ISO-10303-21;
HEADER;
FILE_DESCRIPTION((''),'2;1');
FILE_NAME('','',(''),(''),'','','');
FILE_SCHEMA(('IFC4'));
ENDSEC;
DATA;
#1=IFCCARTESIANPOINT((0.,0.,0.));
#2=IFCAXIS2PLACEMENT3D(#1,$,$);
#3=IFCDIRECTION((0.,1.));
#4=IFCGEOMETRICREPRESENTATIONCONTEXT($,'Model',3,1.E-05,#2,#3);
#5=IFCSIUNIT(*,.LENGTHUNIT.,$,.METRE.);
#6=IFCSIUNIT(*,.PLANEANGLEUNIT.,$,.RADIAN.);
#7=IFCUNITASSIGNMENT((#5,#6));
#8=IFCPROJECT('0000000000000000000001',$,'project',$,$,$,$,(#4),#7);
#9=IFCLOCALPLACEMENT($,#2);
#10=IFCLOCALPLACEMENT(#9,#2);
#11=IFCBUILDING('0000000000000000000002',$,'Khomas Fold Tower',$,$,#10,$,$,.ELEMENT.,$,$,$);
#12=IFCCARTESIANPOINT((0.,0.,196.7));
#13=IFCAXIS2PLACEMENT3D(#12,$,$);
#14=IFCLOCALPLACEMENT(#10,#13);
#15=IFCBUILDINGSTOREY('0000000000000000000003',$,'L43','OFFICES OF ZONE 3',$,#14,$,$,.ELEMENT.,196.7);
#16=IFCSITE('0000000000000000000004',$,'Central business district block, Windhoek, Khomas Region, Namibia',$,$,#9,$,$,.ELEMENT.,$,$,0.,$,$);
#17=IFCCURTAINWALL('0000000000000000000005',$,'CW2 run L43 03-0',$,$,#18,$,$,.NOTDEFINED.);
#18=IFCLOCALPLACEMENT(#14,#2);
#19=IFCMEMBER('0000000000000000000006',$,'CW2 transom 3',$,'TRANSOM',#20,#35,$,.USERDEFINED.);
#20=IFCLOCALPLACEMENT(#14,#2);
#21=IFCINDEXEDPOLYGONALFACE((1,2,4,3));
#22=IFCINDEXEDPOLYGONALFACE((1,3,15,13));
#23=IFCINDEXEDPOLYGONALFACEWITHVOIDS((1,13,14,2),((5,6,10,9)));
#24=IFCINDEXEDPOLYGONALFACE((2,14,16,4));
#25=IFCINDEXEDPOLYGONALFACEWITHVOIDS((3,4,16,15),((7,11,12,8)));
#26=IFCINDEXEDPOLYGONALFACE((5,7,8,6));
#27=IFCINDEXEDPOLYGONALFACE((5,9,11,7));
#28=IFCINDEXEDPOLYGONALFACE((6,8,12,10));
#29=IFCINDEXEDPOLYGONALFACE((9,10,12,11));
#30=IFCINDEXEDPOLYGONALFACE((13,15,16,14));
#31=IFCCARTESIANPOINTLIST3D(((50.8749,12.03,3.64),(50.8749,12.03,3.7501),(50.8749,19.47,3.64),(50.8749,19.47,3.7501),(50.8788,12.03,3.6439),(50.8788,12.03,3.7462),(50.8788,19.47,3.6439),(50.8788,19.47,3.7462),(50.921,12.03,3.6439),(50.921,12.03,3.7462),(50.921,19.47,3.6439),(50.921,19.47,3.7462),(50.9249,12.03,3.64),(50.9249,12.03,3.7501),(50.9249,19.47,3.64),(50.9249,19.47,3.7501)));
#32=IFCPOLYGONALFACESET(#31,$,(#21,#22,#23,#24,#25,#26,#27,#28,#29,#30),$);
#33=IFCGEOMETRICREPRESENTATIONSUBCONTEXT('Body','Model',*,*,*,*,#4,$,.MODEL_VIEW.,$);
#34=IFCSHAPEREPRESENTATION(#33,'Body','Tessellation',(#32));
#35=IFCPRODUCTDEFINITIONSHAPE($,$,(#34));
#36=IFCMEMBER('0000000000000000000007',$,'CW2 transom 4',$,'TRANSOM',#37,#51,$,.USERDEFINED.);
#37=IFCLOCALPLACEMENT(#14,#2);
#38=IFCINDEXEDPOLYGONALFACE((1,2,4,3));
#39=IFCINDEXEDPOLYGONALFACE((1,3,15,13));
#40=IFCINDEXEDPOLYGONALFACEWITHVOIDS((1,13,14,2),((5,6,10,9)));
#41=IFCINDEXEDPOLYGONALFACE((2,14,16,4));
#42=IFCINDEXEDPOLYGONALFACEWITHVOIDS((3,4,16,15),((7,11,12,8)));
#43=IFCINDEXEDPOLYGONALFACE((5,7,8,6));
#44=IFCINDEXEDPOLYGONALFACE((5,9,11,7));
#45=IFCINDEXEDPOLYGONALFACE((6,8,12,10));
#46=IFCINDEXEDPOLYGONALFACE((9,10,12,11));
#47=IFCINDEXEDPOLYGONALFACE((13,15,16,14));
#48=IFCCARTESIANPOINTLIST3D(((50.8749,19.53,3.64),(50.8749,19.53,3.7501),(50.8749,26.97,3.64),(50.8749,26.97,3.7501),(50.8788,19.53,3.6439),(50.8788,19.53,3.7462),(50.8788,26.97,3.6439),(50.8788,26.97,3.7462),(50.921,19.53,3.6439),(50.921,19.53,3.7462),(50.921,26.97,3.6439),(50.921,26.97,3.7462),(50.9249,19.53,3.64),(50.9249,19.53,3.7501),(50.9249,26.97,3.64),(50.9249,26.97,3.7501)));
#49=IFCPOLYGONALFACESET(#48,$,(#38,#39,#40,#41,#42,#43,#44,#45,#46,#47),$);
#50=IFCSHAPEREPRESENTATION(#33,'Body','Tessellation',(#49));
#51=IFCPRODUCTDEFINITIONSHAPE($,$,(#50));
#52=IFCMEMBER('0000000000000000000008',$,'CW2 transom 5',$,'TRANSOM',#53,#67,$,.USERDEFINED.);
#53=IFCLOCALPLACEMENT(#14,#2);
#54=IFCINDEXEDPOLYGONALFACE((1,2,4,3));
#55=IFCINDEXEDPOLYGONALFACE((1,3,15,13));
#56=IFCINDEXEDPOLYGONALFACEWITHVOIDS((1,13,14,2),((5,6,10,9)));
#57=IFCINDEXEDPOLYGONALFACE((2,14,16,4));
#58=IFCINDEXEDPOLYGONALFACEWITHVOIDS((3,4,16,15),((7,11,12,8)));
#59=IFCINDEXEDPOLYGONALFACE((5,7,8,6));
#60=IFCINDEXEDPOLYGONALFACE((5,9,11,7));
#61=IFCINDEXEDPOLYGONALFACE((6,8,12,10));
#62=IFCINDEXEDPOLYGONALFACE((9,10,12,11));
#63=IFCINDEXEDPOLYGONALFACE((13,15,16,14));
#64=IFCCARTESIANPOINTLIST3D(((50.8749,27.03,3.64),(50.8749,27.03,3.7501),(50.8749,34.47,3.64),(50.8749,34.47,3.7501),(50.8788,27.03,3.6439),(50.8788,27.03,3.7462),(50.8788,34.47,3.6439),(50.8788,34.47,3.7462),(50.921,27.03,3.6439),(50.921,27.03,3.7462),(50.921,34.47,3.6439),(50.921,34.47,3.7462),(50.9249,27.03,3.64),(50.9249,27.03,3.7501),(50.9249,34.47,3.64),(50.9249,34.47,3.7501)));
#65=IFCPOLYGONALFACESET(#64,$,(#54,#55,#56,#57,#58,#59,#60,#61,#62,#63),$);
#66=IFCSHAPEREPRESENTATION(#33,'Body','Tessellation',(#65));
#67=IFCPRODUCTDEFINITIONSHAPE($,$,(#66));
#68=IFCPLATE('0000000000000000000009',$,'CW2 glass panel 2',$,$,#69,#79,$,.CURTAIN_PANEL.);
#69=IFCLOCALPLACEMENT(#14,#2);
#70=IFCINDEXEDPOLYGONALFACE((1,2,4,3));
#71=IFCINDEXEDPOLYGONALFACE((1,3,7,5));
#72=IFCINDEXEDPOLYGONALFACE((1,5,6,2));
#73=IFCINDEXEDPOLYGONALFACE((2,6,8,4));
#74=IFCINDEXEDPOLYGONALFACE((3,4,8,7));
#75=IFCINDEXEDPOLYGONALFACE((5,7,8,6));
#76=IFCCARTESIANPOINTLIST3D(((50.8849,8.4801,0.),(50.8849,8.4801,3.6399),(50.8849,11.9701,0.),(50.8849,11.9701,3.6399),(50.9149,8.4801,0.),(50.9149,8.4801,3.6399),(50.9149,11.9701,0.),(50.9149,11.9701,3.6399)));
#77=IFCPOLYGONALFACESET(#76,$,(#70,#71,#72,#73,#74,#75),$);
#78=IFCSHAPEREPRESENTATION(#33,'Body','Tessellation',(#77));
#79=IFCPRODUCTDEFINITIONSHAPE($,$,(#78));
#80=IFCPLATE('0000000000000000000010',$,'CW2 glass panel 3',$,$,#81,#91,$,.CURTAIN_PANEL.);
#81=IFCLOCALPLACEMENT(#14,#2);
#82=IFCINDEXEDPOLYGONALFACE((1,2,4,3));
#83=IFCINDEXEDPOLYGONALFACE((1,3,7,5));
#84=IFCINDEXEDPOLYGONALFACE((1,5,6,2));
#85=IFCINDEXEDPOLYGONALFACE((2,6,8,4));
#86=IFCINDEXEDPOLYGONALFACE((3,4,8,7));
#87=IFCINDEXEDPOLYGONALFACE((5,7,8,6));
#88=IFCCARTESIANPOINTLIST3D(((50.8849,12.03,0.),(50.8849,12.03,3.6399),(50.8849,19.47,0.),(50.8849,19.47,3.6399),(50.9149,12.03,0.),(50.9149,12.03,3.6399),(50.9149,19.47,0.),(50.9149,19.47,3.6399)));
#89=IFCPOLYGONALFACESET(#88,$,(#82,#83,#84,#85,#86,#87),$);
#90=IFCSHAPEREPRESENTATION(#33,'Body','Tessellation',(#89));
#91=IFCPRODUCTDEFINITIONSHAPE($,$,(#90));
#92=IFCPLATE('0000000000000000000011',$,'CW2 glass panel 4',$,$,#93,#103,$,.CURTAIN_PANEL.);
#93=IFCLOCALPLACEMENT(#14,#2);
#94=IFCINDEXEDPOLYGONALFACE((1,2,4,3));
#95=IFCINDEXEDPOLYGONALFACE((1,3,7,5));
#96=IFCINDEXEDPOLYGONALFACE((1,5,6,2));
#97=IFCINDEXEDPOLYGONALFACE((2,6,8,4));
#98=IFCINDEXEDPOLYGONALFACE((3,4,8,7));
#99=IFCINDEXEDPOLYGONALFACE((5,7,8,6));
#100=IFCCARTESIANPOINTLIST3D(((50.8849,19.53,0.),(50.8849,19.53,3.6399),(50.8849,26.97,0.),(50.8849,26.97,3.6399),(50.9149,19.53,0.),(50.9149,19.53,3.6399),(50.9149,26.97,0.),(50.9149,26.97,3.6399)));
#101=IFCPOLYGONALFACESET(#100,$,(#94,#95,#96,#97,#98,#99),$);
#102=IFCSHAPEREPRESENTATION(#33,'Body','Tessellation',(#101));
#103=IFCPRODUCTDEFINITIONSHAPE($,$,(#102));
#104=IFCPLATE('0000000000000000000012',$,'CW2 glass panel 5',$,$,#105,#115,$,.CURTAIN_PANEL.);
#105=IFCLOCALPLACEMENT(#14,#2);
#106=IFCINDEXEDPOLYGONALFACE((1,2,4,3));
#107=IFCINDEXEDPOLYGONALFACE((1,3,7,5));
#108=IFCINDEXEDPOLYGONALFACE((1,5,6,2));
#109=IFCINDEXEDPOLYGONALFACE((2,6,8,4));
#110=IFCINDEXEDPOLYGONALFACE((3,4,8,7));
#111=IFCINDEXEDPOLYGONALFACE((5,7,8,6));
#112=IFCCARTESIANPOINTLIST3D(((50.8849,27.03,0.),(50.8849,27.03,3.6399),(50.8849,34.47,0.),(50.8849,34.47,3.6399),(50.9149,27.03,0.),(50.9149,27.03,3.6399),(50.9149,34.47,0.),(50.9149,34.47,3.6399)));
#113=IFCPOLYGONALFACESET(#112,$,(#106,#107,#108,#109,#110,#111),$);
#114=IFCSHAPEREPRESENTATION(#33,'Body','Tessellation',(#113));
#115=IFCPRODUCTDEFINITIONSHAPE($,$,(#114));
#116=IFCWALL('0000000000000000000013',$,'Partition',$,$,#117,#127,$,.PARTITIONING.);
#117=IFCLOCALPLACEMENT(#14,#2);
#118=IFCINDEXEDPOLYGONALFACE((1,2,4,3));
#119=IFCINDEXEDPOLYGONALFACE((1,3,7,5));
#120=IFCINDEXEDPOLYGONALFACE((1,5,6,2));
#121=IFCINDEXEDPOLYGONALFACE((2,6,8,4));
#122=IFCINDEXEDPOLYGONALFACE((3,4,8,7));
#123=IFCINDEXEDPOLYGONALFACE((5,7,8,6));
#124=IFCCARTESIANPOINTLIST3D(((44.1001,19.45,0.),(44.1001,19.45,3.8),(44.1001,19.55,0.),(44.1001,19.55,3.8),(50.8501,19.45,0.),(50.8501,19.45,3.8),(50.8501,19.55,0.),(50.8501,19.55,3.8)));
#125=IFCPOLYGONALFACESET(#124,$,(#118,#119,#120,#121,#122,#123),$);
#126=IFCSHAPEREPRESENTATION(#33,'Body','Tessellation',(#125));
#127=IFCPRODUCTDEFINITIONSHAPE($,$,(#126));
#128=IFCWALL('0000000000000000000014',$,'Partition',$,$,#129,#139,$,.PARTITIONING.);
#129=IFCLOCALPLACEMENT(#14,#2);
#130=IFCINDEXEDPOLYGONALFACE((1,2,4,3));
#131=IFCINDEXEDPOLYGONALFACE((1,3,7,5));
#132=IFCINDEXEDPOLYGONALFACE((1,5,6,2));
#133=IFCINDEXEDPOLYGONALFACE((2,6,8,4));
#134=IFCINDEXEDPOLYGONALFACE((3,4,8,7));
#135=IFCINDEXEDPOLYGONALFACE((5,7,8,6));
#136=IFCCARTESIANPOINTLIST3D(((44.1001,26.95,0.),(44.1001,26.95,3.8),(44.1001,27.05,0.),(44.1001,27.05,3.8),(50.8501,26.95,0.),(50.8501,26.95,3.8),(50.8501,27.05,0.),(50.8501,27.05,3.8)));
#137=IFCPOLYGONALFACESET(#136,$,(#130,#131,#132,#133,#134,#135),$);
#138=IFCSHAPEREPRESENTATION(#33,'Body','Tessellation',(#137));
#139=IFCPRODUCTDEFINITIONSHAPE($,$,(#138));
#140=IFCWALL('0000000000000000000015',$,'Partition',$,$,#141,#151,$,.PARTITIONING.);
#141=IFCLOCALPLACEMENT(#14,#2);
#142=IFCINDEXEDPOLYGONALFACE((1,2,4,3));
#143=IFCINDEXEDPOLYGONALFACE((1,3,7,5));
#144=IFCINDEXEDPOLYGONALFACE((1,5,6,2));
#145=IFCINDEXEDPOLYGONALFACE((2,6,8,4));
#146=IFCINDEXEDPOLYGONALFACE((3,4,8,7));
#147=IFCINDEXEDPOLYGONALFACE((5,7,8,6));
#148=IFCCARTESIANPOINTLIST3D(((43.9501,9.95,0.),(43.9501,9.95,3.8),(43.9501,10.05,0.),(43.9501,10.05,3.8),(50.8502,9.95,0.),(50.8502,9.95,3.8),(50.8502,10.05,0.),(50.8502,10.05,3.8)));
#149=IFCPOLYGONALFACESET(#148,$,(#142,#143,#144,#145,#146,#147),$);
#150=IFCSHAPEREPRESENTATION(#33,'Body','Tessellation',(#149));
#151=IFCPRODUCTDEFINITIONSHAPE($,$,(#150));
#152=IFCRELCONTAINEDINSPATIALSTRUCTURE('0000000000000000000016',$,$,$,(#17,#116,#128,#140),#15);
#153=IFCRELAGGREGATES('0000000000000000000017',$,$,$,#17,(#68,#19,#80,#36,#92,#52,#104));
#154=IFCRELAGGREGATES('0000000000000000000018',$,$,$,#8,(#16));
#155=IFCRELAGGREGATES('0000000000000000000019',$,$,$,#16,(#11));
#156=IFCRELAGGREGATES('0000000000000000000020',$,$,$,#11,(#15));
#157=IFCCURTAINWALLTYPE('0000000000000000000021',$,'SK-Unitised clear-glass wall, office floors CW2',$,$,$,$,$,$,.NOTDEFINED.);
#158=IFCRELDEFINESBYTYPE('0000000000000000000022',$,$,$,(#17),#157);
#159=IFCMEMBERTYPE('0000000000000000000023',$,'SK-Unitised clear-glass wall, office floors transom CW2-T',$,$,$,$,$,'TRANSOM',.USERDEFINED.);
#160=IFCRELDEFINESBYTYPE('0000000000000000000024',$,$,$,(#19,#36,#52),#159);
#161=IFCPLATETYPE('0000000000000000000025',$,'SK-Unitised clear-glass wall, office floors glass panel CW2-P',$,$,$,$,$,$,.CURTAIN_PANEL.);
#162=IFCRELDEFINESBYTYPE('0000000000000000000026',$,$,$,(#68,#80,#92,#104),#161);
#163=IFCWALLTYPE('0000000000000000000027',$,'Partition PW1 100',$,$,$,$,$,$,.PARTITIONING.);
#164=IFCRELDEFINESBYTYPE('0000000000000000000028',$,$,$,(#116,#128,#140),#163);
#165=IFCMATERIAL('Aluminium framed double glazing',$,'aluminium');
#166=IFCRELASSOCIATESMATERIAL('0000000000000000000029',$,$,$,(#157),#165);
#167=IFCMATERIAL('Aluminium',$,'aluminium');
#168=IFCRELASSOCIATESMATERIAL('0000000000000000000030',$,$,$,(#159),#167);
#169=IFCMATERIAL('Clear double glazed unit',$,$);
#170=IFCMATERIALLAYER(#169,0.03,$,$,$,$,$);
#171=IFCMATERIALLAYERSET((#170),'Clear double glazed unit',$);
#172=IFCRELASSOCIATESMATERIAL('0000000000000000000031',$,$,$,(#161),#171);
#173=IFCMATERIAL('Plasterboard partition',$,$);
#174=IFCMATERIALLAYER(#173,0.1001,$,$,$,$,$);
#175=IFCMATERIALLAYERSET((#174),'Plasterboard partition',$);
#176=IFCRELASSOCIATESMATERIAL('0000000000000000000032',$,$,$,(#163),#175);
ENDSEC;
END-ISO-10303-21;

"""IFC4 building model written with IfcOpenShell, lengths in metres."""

from ifc_helpers import new_model, si_unit, direction, frame, frame_2d, origin, origin_2d, place, context, subcontext, project, spatial, rectangle, hollow_rectangle, extrude, source, transform, mapped, material, layer, layer_set, material_profile, profile_set, type_object, element, aggregate, save


model = new_model("IFC4")

# Units and contexts
model_context = context("Model", 3, precision=1e-05, world=origin(), true_north=direction((0.0, 1.0)))
body_context = subcontext(model_context, "Body", "Model", "MODEL_VIEW")
ifc_project = project(units=[si_unit("LENGTHUNIT", "METRE"), si_unit("PLANEANGLEUNIT", "RADIAN")], contexts=[model_context])

# Site, building, storey
site_placement = place(None, origin())
site = spatial("IfcSite", under=ifc_project, at=site_placement, Name="Central business district block, Windhoek, Khomas Region, Namibia", CompositionType="ELEMENT", RefElevation=0.0)
building_placement = place(site_placement, origin())
building = spatial("IfcBuilding", under=site, at=building_placement, Name="Khomas Fold Tower", CompositionType="ELEMENT")
storey_placement = place(building_placement, frame((0.0, 0.0, 196.7)))
storey = spatial("IfcBuildingStorey", under=building, at=storey_placement, Name="L43", Description="OFFICES OF ZONE 3", CompositionType="ELEMENT", Elevation=196.7)

# Curtain wall, members, plates
ifc_material_1 = material(Name="Aluminium framed double glazing", Category="aluminium")
curtain_wall_type = type_object("IfcCurtainWallType", Name="SK-Unitised clear-glass wall, office floors CW2", PredefinedType="NOTDEFINED", material=ifc_material_1)
curtain_wall_placement = place(storey_placement, origin())
curtain_wall = element("IfcCurtainWall", 1, at=curtain_wall_placement, inside=storey, type_object=curtain_wall_type, Name="CW2 run L43 03-0", PredefinedType="NOTDEFINED")
ifc_material_2 = material(Name="Aluminium", Category="aluminium")
ifc_material_profile_1 = material_profile(ifc_material_2, hollow_rectangle(XDim=0.05, YDim=0.1101, WallThickness=0.0039, at=origin_2d()), Name="SK-Unitised clear-glass wall, office floors transom CW2-T")
ifc_profile_set_1 = profile_set([ifc_material_profile_1], Name="Aluminium")
member_type_1 = type_object("IfcMemberType", Name="SK-Unitised clear-glass wall, office floors transom CW2-T", ElementType="TRANSOM", PredefinedType="USERDEFINED", material=ifc_profile_set_1)
shared_shape_1 = source(origin(), body_context, "Body", "SweptSolid", [
    extrude(hollow_rectangle(XDim=0.05, YDim=0.1101, WallThickness=0.0039, at=origin_2d()), origin(), (0.0, 0.0, 1.0), 7.4399),
])
member_1_placement = place(storey_placement, frame((50.8999, 12.03, 3.6951), z_axis=(0.0, 1.0, 0.0), x_axis=(-1.0, 0.0, 0.0)))
member_1 = element("IfcMember", 2, at=member_1_placement, type_object=member_type_1, Name="CW2 transom 3", ObjectType="TRANSOM", PredefinedType="USERDEFINED", context=body_context, shape_type="MappedRepresentation", body=[
    mapped(shared_shape_1, transform((0.0, 0.0, 0.0))),
])
member_2_placement = place(storey_placement, frame((50.8999, 19.53, 3.6951), z_axis=(0.0, 1.0, 0.0), x_axis=(-1.0, 0.0, 0.0)))
member_2 = element("IfcMember", 3, at=member_2_placement, type_object=member_type_1, Name="CW2 transom 4", ObjectType="TRANSOM", PredefinedType="USERDEFINED", context=body_context, shape_type="MappedRepresentation", body=[
    mapped(shared_shape_1, transform((0.0, 0.0, 0.0))),
])
member_3_placement = place(storey_placement, frame((50.8999, 27.03, 3.6951), z_axis=(0.0, 1.0, 0.0), x_axis=(-1.0, 0.0, 0.0)))
member_3 = element("IfcMember", 4, at=member_3_placement, type_object=member_type_1, Name="CW2 transom 5", ObjectType="TRANSOM", PredefinedType="USERDEFINED", context=body_context, shape_type="MappedRepresentation", body=[
    mapped(shared_shape_1, transform((0.0, 0.0, 0.0))),
])
ifc_material_3 = material(Name="Clear double glazed unit")
ifc_layer_1 = layer(ifc_material_3, 0.03)
ifc_layer_set_1 = layer_set([ifc_layer_1], Name="Clear double glazed unit")
plate_type = type_object("IfcPlateType", Name="SK-Unitised clear-glass wall, office floors glass panel CW2-P", PredefinedType="CURTAIN_PANEL", material=ifc_layer_set_1)
shared_shape_2 = source(origin(), body_context, "Body", "SweptSolid", [
    extrude(rectangle(XDim=3.49, YDim=0.03, at=origin_2d()), origin(), (0.0, 0.0, 1.0), 3.6399),
])
plate_1_placement = place(storey_placement, frame((50.8999, 10.2251, 0.0), z_axis=(0.0, 0.0, 1.0), x_axis=(0.0, 1.0, 0.0)))
plate_1 = element("IfcPlate", 5, at=plate_1_placement, type_object=plate_type, Name="CW2 glass panel 2", PredefinedType="CURTAIN_PANEL", context=body_context, shape_type="MappedRepresentation", body=[
    mapped(shared_shape_2, transform((0.0, 0.0, 0.0))),
])
shared_shape_3 = source(origin(), body_context, "Body", "SweptSolid", [
    extrude(rectangle(XDim=7.4399, YDim=0.03, at=origin_2d()), origin(), (0.0, 0.0, 1.0), 3.6399),
])
plate_2_placement = place(storey_placement, frame((50.8999, 15.75, 0.0), z_axis=(0.0, 0.0, 1.0), x_axis=(0.0, 1.0, 0.0)))
plate_2 = element("IfcPlate", 6, at=plate_2_placement, type_object=plate_type, Name="CW2 glass panel 3", PredefinedType="CURTAIN_PANEL", context=body_context, shape_type="MappedRepresentation", body=[
    mapped(shared_shape_3, transform((0.0, 0.0, 0.0))),
])
plate_3_placement = place(storey_placement, frame((50.8999, 23.25, 0.0), z_axis=(0.0, 0.0, 1.0), x_axis=(0.0, 1.0, 0.0)))
plate_3 = element("IfcPlate", 7, at=plate_3_placement, type_object=plate_type, Name="CW2 glass panel 4", PredefinedType="CURTAIN_PANEL", context=body_context, shape_type="MappedRepresentation", body=[
    mapped(shared_shape_3, transform((0.0, 0.0, 0.0))),
])
plate_4_placement = place(storey_placement, frame((50.8999, 30.75, 0.0), z_axis=(0.0, 0.0, 1.0), x_axis=(0.0, 1.0, 0.0)))
plate_4 = element("IfcPlate", 8, at=plate_4_placement, type_object=plate_type, Name="CW2 glass panel 5", PredefinedType="CURTAIN_PANEL", context=body_context, shape_type="MappedRepresentation", body=[
    mapped(shared_shape_3, transform((0.0, 0.0, 0.0))),
])
aggregate(curtain_wall, [plate_1, member_1, plate_2, member_2, plate_3, member_3, plate_4])

# Walls
ifc_material_4 = material(Name="Plasterboard partition")
ifc_layer_2 = layer(ifc_material_4, 0.1001)
ifc_layer_set_2 = layer_set([ifc_layer_2], Name="Plasterboard partition")
wall_type_1 = type_object("IfcWallType", Name="Partition PW1 100", PredefinedType="PARTITIONING", material=ifc_layer_set_2)
shared_shape_4 = source(origin(), body_context, "Body", "SweptSolid", [
    extrude(rectangle(XDim=6.75, YDim=0.1001, at=frame_2d((3.375, 0.0))), origin(), (0.0, 0.0, 1.0), 3.8),
])
for number, where, z_axis, x_axis, name in (
    (9, (44.1001, 19.5, 0.0), (0.0, 0.0, 1.0), (1.0, 0.0, 0.0), "Partition"),
    (10, (44.1001, 27.0, 0.0), (0.0, 0.0, 1.0), (1.0, 0.0, 0.0), "Partition"),
):
    element("IfcWall", number, at=place(storey_placement, frame(where, z_axis=z_axis, x_axis=x_axis)), inside=storey, type_object=wall_type_1, Name=name, PredefinedType="PARTITIONING", context=body_context, shape_type="MappedRepresentation", body=[
        mapped(shared_shape_4, transform((0.0, 0.0, 0.0))),
    ])
shared_shape_5 = source(origin(), body_context, "Body", "SweptSolid", [
    extrude(rectangle(XDim=6.9001, YDim=0.1001, at=frame_2d((3.4502, 0.0))), origin(), (0.0, 0.0, 1.0), 3.8),
])
wall_1_placement = place(storey_placement, frame((43.95, 10.0, 0.0), z_axis=(0.0, 0.0, 1.0), x_axis=(1.0, 0.0, 0.0)))
element("IfcWall", 11, at=wall_1_placement, inside=storey, type_object=wall_type_1, Name="Partition", PredefinedType="PARTITIONING", context=body_context, shape_type="MappedRepresentation", body=[
    mapped(shared_shape_5, transform((0.0, 0.0, 0.0))),
])

save(model, "model.ifc")
